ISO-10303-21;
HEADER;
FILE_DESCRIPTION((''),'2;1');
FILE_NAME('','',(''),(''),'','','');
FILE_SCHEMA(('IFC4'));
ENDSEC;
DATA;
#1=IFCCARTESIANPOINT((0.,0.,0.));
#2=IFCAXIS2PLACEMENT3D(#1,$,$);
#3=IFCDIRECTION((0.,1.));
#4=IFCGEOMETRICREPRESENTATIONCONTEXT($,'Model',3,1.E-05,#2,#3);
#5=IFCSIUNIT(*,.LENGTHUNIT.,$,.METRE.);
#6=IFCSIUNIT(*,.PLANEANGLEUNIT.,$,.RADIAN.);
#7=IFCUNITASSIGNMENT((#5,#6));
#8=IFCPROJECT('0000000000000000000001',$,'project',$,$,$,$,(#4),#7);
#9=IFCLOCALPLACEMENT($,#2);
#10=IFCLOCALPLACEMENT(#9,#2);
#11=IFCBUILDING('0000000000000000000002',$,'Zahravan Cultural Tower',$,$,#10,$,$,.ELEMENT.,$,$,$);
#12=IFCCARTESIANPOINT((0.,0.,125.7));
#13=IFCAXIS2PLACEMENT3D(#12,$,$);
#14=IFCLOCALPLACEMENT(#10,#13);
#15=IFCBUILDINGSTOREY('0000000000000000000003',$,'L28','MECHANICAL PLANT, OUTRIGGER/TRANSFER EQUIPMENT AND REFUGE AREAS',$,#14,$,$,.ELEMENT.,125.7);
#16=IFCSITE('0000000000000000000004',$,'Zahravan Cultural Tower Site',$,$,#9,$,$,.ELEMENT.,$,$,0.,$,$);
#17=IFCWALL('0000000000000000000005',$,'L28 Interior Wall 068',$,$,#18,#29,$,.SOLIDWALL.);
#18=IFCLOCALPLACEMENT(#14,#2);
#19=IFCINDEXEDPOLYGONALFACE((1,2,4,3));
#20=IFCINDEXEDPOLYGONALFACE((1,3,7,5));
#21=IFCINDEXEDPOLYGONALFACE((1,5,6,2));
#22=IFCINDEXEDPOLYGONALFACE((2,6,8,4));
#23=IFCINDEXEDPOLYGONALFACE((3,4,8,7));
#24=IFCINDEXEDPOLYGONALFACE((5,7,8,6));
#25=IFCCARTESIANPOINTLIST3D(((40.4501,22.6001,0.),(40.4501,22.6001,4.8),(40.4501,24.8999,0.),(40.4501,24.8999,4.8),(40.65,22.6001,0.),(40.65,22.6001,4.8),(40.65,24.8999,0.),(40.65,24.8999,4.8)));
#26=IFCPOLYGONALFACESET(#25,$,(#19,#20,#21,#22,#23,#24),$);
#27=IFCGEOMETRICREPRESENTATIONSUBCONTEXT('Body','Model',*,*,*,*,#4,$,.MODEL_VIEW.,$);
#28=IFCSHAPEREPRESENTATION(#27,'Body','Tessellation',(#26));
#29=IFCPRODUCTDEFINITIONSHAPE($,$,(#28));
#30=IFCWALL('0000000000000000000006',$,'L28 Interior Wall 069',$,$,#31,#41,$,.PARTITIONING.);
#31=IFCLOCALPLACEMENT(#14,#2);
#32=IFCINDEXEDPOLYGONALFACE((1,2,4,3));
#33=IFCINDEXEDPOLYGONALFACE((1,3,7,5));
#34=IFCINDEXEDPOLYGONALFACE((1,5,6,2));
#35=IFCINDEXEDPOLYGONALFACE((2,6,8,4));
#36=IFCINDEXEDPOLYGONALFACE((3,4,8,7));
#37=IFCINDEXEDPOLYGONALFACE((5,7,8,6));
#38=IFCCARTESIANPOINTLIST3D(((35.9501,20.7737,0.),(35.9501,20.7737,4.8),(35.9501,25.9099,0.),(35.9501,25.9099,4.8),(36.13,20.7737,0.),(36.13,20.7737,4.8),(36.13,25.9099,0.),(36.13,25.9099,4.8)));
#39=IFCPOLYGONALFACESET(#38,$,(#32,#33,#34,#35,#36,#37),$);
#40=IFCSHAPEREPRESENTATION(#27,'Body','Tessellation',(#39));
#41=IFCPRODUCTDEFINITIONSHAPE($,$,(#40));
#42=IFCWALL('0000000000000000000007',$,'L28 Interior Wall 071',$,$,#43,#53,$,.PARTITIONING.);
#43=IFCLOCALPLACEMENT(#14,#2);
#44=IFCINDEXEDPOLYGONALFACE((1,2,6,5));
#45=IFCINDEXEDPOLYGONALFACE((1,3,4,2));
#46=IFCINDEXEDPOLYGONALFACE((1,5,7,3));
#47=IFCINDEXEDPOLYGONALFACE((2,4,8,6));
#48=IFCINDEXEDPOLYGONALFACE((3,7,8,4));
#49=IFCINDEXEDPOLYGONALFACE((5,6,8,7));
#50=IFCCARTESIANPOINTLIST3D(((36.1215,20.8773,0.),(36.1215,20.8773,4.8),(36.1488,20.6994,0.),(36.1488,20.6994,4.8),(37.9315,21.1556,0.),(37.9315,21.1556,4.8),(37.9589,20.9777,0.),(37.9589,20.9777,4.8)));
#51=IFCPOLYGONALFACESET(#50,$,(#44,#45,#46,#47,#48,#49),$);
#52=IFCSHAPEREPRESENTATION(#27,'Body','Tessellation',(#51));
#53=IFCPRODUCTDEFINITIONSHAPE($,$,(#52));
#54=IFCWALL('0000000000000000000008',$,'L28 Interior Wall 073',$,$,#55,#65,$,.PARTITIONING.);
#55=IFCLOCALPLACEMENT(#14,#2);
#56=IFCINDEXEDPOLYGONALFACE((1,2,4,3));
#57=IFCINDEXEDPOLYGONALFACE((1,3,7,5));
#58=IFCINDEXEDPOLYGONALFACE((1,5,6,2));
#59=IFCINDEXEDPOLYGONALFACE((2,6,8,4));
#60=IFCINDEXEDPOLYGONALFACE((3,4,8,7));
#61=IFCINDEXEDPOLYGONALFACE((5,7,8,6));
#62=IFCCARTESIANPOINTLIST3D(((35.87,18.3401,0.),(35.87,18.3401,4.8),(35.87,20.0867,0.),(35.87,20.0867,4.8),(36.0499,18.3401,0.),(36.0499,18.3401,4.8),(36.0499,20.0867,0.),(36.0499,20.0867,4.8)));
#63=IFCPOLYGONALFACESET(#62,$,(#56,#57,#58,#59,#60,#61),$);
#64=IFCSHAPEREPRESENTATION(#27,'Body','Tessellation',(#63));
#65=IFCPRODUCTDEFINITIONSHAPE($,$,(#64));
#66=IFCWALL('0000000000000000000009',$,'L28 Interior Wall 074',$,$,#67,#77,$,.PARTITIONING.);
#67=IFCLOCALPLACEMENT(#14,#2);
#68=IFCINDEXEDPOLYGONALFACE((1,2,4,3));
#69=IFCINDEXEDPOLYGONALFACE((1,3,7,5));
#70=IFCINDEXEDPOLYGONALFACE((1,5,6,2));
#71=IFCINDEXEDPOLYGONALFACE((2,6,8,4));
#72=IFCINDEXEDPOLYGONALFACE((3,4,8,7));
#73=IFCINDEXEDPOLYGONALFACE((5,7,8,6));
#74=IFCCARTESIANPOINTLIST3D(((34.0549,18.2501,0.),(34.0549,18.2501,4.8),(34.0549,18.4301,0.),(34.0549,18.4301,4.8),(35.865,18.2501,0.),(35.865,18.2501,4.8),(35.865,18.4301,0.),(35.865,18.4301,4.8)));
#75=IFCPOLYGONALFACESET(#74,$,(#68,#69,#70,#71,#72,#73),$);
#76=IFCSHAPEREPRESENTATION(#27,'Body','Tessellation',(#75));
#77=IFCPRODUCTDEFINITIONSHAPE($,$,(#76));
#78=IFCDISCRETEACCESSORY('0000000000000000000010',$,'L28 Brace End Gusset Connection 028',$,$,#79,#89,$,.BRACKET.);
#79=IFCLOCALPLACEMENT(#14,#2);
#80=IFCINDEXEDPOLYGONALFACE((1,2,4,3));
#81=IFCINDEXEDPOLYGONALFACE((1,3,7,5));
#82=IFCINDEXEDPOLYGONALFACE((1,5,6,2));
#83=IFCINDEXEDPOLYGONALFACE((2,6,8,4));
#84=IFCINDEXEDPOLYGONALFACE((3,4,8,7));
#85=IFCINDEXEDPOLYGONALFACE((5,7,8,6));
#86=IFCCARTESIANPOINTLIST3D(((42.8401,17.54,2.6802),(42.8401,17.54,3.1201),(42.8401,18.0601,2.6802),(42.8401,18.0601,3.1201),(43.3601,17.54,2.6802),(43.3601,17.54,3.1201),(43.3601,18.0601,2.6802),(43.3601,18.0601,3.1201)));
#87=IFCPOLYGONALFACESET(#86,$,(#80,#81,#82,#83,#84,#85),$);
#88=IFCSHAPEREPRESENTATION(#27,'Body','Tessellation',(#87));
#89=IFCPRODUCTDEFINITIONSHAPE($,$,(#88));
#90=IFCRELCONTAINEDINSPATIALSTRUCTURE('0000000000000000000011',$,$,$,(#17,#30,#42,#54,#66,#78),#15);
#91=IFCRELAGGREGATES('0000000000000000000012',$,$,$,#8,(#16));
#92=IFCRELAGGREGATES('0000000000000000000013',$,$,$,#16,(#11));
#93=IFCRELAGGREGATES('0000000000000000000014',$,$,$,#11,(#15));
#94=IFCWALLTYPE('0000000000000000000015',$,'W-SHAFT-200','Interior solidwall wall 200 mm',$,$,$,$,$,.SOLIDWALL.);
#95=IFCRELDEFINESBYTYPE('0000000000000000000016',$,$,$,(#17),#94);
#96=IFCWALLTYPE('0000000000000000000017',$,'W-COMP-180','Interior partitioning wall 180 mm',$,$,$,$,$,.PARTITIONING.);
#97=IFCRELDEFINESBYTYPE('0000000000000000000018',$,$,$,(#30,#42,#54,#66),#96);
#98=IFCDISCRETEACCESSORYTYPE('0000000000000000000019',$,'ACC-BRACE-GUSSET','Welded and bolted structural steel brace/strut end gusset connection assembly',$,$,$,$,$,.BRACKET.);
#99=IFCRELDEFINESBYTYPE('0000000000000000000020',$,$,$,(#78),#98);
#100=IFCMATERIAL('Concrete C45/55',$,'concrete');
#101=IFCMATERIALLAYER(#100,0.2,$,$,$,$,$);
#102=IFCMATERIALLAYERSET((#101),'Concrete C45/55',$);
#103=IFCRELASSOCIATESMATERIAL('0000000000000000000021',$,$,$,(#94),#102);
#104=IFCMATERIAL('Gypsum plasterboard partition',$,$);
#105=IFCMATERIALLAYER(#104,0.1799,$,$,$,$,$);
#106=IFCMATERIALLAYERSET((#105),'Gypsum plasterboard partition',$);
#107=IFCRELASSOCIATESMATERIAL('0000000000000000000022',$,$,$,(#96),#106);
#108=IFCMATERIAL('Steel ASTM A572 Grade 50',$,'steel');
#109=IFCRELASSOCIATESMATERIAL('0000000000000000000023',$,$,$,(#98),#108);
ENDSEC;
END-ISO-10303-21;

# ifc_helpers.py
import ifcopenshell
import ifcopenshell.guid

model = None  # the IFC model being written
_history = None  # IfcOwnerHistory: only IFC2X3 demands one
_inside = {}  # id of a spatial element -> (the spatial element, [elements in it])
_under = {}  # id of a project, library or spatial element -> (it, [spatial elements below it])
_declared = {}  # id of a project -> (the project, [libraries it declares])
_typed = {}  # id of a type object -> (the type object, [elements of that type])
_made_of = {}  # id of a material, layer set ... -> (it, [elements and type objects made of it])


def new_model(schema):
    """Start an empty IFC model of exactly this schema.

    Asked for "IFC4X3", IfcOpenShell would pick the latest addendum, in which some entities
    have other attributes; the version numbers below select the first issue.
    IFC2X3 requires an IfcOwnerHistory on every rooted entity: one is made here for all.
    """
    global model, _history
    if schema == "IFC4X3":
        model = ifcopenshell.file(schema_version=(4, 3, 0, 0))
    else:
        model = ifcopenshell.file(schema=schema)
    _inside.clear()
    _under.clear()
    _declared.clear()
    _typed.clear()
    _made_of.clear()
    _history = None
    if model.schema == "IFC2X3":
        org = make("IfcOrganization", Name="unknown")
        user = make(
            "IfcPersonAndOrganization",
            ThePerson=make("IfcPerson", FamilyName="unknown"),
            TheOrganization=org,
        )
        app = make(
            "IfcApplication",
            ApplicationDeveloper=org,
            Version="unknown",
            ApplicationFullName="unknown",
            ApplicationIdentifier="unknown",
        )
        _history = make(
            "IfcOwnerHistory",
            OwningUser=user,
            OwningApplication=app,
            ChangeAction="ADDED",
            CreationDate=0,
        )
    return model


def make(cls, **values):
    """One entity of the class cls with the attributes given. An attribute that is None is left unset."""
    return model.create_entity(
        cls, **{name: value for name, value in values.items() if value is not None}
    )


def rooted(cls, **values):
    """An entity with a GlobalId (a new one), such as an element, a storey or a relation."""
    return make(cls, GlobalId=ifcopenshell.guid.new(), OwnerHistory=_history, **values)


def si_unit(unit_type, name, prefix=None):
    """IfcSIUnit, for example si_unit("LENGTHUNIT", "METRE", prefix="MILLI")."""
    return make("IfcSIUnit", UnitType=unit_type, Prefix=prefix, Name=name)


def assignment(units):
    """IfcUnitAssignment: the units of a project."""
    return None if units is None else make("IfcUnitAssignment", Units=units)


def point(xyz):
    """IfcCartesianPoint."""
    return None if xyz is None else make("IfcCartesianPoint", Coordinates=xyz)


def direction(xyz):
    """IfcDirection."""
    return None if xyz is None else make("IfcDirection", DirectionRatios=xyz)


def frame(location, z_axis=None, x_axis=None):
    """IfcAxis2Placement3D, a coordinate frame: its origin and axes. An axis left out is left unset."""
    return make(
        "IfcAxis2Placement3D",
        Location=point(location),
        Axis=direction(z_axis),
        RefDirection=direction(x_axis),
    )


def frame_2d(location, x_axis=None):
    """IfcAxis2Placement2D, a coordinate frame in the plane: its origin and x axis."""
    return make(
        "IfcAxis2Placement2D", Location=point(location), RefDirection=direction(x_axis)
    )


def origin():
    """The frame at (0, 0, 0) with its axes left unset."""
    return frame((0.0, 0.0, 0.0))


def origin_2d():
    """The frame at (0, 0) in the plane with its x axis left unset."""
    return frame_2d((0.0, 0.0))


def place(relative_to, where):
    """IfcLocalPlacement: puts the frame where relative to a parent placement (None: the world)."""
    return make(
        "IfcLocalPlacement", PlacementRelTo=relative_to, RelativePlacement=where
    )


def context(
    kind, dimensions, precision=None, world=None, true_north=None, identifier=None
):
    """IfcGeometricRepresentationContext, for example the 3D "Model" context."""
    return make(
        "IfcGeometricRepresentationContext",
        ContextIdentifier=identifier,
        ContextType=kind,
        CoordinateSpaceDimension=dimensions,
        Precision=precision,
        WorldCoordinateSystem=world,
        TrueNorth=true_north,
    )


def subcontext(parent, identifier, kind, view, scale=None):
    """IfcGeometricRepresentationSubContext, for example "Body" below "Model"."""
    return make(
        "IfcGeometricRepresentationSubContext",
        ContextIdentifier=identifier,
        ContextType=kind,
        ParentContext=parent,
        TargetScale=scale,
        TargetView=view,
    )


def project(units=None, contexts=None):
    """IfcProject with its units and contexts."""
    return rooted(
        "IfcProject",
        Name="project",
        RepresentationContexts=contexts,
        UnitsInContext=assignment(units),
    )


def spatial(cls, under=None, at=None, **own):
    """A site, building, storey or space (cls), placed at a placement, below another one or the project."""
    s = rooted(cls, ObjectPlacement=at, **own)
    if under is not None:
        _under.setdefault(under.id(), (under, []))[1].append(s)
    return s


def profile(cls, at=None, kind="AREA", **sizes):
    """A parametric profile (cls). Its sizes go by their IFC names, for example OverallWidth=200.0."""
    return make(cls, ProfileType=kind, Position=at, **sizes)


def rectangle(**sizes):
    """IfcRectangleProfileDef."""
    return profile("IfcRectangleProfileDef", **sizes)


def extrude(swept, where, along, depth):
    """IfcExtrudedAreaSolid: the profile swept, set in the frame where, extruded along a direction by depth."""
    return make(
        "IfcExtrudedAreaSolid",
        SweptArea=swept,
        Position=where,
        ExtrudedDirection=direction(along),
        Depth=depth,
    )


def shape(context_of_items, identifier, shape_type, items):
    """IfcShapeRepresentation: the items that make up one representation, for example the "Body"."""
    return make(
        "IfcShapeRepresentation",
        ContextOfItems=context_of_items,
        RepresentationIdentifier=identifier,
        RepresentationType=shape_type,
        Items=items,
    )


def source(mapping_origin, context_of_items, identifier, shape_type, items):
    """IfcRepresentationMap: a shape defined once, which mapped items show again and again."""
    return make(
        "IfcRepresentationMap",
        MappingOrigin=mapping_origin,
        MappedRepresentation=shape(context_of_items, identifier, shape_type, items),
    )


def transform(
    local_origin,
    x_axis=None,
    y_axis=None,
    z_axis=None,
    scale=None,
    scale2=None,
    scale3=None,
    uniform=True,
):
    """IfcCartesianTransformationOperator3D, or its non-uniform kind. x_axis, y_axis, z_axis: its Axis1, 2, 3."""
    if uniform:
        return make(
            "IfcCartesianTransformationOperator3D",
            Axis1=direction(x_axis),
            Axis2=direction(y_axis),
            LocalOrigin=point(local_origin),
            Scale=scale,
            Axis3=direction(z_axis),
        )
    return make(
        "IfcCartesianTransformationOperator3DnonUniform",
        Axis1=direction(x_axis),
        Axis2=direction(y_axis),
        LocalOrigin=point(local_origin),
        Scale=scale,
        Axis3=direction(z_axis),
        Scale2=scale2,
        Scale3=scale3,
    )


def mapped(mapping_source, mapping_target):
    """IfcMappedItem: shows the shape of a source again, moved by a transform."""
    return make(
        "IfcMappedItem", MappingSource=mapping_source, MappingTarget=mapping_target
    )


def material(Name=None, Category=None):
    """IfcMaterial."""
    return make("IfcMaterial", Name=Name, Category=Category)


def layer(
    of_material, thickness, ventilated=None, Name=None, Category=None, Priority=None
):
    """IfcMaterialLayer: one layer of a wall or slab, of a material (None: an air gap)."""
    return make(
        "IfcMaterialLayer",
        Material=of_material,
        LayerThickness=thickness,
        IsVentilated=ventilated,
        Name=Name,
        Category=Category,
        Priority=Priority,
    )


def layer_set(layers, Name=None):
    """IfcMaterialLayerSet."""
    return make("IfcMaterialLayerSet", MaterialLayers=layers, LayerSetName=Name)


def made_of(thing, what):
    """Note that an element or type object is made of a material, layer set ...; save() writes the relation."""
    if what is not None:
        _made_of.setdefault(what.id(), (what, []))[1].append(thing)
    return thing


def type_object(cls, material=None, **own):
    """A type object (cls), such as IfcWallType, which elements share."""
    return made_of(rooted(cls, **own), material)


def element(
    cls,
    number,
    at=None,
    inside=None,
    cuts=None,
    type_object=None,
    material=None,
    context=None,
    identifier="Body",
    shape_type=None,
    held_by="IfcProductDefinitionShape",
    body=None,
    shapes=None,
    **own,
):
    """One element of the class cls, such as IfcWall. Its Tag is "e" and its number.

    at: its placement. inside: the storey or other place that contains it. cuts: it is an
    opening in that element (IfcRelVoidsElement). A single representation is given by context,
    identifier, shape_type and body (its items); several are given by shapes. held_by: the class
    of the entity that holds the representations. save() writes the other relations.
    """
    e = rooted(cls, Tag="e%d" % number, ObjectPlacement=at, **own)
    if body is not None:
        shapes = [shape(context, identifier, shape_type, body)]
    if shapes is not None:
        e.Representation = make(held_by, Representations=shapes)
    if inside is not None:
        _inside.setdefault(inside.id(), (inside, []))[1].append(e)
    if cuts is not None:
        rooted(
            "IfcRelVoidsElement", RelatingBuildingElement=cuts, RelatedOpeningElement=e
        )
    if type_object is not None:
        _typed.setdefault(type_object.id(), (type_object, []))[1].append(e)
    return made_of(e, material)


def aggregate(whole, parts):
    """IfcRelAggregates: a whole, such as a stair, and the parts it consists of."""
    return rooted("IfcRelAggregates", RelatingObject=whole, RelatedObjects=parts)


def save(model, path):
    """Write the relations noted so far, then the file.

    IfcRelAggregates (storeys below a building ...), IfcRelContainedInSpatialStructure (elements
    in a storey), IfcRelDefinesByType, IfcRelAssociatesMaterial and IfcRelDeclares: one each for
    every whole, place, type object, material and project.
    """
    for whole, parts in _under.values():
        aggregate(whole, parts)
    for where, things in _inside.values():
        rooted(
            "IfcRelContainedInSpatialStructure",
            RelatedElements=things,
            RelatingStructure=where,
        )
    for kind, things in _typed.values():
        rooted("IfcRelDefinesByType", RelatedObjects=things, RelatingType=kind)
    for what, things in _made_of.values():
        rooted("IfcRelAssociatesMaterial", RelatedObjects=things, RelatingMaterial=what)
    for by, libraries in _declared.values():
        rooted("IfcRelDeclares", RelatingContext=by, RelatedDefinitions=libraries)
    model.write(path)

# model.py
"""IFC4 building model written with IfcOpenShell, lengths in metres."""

from ifc_helpers import new_model, si_unit, direction, frame, frame_2d, origin, origin_2d, place, context, subcontext, project, spatial, rectangle, extrude, source, transform, mapped, material, layer, layer_set, type_object, element, save


model = new_model("IFC4")

# Units and contexts
model_context = context("Model", 3, precision=1e-05, world=origin(), true_north=direction((0.0, 1.0)))
body_context = subcontext(model_context, "Body", "Model", "MODEL_VIEW")
ifc_project = project(units=[si_unit("LENGTHUNIT", "METRE"), si_unit("PLANEANGLEUNIT", "RADIAN")], contexts=[model_context])

# Site, building, storey
site_placement = place(None, origin())
site = spatial("IfcSite", under=ifc_project, at=site_placement, Name="Zahravan Cultural Tower Site", CompositionType="ELEMENT", RefElevation=0.0)
building_placement = place(site_placement, origin())
building = spatial("IfcBuilding", under=site, at=building_placement, Name="Zahravan Cultural Tower", CompositionType="ELEMENT")
storey_placement = place(building_placement, frame((0.0, 0.0, 125.7)))
storey = spatial("IfcBuildingStorey", under=building, at=storey_placement, Name="L28", Description="MECHANICAL PLANT, OUTRIGGER/TRANSFER EQUIPMENT AND REFUGE AREAS", CompositionType="ELEMENT", Elevation=125.7)

# Walls
ifc_material_1 = material(Name="Concrete C45/55", Category="concrete")
ifc_layer_1 = layer(ifc_material_1, 0.2)
ifc_layer_set_1 = layer_set([ifc_layer_1], Name="Concrete C45/55")
wall_type_1 = type_object("IfcWallType", Name="W-SHAFT-200", Description="Interior solidwall wall 200 mm", PredefinedType="SOLIDWALL", material=ifc_layer_set_1)
ifc_material_2 = material(Name="Gypsum plasterboard partition")
ifc_layer_2 = layer(ifc_material_2, 0.1799)
ifc_layer_set_2 = layer_set([ifc_layer_2], Name="Gypsum plasterboard partition")
wall_type_2 = type_object("IfcWallType", Name="W-COMP-180", Description="Interior partitioning wall 180 mm", PredefinedType="PARTITIONING", material=ifc_layer_set_2)
shared_shape_1 = source(origin(), body_context, "Body", "SweptSolid", [
    extrude(rectangle(XDim=2.2998, YDim=0.2, at=frame_2d((1.1499, 0.0))), origin(), (0.0, 0.0, 1.0), 4.8),
])
for number, where, z_axis, x_axis, name in (
    (1, (40.55, 22.6001, 0.0), (0.0, 0.0, 1.0), (0.0, 1.0, 0.0), "L28 Interior Wall 068"),
):
    element("IfcWall", number, at=place(storey_placement, frame(where, z_axis=z_axis, x_axis=x_axis)), inside=storey, type_object=wall_type_1, Name=name, PredefinedType="SOLIDWALL", context=body_context, shape_type="MappedRepresentation", body=[
        mapped(shared_shape_1, transform((0.0, 0.0, 0.0), x_axis=(1.0, 0.0, 0.0), y_axis=(0.0, 1.0, 0.0), z_axis=(0.0, 0.0, 1.0), scale=1.0)),
    ])
shared_shape_2 = source(origin(), body_context, "Body", "SweptSolid", [
    extrude(rectangle(XDim=5.1362, YDim=0.1799, at=frame_2d((2.5681, 0.0))), origin(), (0.0, 0.0, 1.0), 4.8),
])
wall_1_placement = place(storey_placement, frame((36.04, 20.7737, 0.0), z_axis=(0.0, 0.0, 1.0), x_axis=(0.0, 1.0, 0.0)))
element("IfcWall", 2, at=wall_1_placement, inside=storey, type_object=wall_type_2, Name="L28 Interior Wall 069", PredefinedType="PARTITIONING", context=body_context, shape_type="MappedRepresentation", body=[
    mapped(shared_shape_2, transform((0.0, 0.0, 0.0), x_axis=(1.0, 0.0, 0.0), y_axis=(0.0, 1.0, 0.0), z_axis=(0.0, 0.0, 1.0), scale=1.0)),
])
shared_shape_3 = source(origin(), body_context, "Body", "SweptSolid", [
    extrude(rectangle(XDim=1.8313, YDim=0.1799, at=frame_2d((0.9155, 0.0))), origin(), (0.0, 0.0, 1.0), 4.8),
])
wall_2_placement = place(storey_placement, frame((37.9451, 21.0667, 0.0), z_axis=(0.0, 0.0, 1.0), x_axis=(-0.988384, -0.151977, 0.0)))
element("IfcWall", 3, at=wall_2_placement, inside=storey, type_object=wall_type_2, Name="L28 Interior Wall 071", PredefinedType="PARTITIONING", context=body_context, shape_type="MappedRepresentation", body=[
    mapped(shared_shape_3, transform((0.0, 0.0, 0.0), x_axis=(1.0, 0.0, 0.0), y_axis=(0.0, 1.0, 0.0), z_axis=(0.0, 0.0, 1.0), scale=1.0)),
])
shared_shape_4 = source(origin(), body_context, "Body", "SweptSolid", [
    extrude(rectangle(XDim=1.7466, YDim=0.1799, at=frame_2d((0.8733, 0.0))), origin(), (0.0, 0.0, 1.0), 4.8),
])
wall_3_placement = place(storey_placement, frame((35.96, 20.0867, 0.0), z_axis=(0.0, 0.0, 1.0), x_axis=(0.0, -1.0, 0.0)))
element("IfcWall", 4, at=wall_3_placement, inside=storey, type_object=wall_type_2, Name="L28 Interior Wall 073", PredefinedType="PARTITIONING", context=body_context, shape_type="MappedRepresentation", body=[
    mapped(shared_shape_4, transform((0.0, 0.0, 0.0), x_axis=(1.0, 0.0, 0.0), y_axis=(0.0, 1.0, 0.0), z_axis=(0.0, 0.0, 1.0), scale=1.0)),
])
shared_shape_5 = source(origin(), body_context, "Body", "SweptSolid", [
    extrude(rectangle(XDim=1.8101, YDim=0.1799, at=frame_2d((0.905, 0.0))), origin(), (0.0, 0.0, 1.0), 4.8),
])
wall_4_placement = place(storey_placement, frame((35.865, 18.3401, 0.0), z_axis=(0.0, 0.0, 1.0), x_axis=(-1.0, 0.0, 0.0)))
element("IfcWall", 5, at=wall_4_placement, inside=storey, type_object=wall_type_2, Name="L28 Interior Wall 074", PredefinedType="PARTITIONING", context=body_context, shape_type="MappedRepresentation", body=[
    mapped(shared_shape_5, transform((0.0, 0.0, 0.0), x_axis=(1.0, 0.0, 0.0), y_axis=(0.0, 1.0, 0.0), z_axis=(0.0, 0.0, 1.0), scale=1.0)),
])

# Discrete accessory
ifc_material_3 = material(Name="Steel ASTM A572 Grade 50", Category="steel")
discrete_accessory_type = type_object("IfcDiscreteAccessoryType", Name="ACC-BRACE-GUSSET", Description="Welded and bolted structural steel brace/strut end gusset connection assembly", PredefinedType="BRACKET", material=ifc_material_3)
shared_shape_6 = source(origin(), body_context, "Body", "SweptSolid", [
    extrude(rectangle(XDim=0.52, YDim=0.52, at=origin_2d()), origin(), (0.0, 0.0, 1.0), 0.4399),
])
discrete_accessory_placement = place(storey_placement, frame((43.1001, 17.8, 2.6802), z_axis=(0.0, 0.0, 1.0), x_axis=(1.0, 0.0, 0.0)))
element("IfcDiscreteAccessory", 6, at=discrete_accessory_placement, inside=storey, type_object=discrete_accessory_type, Name="L28 Brace End Gusset Connection 028", PredefinedType="BRACKET", context=body_context, shape_type="MappedRepresentation", body=[
    mapped(shared_shape_6, transform((0.0, 0.0, 0.0), x_axis=(1.0, 0.0, 0.0), y_axis=(0.0, 1.0, 0.0), z_axis=(0.0, 0.0, 1.0), scale=1.0)),
])

save(model, "model.ifc")
